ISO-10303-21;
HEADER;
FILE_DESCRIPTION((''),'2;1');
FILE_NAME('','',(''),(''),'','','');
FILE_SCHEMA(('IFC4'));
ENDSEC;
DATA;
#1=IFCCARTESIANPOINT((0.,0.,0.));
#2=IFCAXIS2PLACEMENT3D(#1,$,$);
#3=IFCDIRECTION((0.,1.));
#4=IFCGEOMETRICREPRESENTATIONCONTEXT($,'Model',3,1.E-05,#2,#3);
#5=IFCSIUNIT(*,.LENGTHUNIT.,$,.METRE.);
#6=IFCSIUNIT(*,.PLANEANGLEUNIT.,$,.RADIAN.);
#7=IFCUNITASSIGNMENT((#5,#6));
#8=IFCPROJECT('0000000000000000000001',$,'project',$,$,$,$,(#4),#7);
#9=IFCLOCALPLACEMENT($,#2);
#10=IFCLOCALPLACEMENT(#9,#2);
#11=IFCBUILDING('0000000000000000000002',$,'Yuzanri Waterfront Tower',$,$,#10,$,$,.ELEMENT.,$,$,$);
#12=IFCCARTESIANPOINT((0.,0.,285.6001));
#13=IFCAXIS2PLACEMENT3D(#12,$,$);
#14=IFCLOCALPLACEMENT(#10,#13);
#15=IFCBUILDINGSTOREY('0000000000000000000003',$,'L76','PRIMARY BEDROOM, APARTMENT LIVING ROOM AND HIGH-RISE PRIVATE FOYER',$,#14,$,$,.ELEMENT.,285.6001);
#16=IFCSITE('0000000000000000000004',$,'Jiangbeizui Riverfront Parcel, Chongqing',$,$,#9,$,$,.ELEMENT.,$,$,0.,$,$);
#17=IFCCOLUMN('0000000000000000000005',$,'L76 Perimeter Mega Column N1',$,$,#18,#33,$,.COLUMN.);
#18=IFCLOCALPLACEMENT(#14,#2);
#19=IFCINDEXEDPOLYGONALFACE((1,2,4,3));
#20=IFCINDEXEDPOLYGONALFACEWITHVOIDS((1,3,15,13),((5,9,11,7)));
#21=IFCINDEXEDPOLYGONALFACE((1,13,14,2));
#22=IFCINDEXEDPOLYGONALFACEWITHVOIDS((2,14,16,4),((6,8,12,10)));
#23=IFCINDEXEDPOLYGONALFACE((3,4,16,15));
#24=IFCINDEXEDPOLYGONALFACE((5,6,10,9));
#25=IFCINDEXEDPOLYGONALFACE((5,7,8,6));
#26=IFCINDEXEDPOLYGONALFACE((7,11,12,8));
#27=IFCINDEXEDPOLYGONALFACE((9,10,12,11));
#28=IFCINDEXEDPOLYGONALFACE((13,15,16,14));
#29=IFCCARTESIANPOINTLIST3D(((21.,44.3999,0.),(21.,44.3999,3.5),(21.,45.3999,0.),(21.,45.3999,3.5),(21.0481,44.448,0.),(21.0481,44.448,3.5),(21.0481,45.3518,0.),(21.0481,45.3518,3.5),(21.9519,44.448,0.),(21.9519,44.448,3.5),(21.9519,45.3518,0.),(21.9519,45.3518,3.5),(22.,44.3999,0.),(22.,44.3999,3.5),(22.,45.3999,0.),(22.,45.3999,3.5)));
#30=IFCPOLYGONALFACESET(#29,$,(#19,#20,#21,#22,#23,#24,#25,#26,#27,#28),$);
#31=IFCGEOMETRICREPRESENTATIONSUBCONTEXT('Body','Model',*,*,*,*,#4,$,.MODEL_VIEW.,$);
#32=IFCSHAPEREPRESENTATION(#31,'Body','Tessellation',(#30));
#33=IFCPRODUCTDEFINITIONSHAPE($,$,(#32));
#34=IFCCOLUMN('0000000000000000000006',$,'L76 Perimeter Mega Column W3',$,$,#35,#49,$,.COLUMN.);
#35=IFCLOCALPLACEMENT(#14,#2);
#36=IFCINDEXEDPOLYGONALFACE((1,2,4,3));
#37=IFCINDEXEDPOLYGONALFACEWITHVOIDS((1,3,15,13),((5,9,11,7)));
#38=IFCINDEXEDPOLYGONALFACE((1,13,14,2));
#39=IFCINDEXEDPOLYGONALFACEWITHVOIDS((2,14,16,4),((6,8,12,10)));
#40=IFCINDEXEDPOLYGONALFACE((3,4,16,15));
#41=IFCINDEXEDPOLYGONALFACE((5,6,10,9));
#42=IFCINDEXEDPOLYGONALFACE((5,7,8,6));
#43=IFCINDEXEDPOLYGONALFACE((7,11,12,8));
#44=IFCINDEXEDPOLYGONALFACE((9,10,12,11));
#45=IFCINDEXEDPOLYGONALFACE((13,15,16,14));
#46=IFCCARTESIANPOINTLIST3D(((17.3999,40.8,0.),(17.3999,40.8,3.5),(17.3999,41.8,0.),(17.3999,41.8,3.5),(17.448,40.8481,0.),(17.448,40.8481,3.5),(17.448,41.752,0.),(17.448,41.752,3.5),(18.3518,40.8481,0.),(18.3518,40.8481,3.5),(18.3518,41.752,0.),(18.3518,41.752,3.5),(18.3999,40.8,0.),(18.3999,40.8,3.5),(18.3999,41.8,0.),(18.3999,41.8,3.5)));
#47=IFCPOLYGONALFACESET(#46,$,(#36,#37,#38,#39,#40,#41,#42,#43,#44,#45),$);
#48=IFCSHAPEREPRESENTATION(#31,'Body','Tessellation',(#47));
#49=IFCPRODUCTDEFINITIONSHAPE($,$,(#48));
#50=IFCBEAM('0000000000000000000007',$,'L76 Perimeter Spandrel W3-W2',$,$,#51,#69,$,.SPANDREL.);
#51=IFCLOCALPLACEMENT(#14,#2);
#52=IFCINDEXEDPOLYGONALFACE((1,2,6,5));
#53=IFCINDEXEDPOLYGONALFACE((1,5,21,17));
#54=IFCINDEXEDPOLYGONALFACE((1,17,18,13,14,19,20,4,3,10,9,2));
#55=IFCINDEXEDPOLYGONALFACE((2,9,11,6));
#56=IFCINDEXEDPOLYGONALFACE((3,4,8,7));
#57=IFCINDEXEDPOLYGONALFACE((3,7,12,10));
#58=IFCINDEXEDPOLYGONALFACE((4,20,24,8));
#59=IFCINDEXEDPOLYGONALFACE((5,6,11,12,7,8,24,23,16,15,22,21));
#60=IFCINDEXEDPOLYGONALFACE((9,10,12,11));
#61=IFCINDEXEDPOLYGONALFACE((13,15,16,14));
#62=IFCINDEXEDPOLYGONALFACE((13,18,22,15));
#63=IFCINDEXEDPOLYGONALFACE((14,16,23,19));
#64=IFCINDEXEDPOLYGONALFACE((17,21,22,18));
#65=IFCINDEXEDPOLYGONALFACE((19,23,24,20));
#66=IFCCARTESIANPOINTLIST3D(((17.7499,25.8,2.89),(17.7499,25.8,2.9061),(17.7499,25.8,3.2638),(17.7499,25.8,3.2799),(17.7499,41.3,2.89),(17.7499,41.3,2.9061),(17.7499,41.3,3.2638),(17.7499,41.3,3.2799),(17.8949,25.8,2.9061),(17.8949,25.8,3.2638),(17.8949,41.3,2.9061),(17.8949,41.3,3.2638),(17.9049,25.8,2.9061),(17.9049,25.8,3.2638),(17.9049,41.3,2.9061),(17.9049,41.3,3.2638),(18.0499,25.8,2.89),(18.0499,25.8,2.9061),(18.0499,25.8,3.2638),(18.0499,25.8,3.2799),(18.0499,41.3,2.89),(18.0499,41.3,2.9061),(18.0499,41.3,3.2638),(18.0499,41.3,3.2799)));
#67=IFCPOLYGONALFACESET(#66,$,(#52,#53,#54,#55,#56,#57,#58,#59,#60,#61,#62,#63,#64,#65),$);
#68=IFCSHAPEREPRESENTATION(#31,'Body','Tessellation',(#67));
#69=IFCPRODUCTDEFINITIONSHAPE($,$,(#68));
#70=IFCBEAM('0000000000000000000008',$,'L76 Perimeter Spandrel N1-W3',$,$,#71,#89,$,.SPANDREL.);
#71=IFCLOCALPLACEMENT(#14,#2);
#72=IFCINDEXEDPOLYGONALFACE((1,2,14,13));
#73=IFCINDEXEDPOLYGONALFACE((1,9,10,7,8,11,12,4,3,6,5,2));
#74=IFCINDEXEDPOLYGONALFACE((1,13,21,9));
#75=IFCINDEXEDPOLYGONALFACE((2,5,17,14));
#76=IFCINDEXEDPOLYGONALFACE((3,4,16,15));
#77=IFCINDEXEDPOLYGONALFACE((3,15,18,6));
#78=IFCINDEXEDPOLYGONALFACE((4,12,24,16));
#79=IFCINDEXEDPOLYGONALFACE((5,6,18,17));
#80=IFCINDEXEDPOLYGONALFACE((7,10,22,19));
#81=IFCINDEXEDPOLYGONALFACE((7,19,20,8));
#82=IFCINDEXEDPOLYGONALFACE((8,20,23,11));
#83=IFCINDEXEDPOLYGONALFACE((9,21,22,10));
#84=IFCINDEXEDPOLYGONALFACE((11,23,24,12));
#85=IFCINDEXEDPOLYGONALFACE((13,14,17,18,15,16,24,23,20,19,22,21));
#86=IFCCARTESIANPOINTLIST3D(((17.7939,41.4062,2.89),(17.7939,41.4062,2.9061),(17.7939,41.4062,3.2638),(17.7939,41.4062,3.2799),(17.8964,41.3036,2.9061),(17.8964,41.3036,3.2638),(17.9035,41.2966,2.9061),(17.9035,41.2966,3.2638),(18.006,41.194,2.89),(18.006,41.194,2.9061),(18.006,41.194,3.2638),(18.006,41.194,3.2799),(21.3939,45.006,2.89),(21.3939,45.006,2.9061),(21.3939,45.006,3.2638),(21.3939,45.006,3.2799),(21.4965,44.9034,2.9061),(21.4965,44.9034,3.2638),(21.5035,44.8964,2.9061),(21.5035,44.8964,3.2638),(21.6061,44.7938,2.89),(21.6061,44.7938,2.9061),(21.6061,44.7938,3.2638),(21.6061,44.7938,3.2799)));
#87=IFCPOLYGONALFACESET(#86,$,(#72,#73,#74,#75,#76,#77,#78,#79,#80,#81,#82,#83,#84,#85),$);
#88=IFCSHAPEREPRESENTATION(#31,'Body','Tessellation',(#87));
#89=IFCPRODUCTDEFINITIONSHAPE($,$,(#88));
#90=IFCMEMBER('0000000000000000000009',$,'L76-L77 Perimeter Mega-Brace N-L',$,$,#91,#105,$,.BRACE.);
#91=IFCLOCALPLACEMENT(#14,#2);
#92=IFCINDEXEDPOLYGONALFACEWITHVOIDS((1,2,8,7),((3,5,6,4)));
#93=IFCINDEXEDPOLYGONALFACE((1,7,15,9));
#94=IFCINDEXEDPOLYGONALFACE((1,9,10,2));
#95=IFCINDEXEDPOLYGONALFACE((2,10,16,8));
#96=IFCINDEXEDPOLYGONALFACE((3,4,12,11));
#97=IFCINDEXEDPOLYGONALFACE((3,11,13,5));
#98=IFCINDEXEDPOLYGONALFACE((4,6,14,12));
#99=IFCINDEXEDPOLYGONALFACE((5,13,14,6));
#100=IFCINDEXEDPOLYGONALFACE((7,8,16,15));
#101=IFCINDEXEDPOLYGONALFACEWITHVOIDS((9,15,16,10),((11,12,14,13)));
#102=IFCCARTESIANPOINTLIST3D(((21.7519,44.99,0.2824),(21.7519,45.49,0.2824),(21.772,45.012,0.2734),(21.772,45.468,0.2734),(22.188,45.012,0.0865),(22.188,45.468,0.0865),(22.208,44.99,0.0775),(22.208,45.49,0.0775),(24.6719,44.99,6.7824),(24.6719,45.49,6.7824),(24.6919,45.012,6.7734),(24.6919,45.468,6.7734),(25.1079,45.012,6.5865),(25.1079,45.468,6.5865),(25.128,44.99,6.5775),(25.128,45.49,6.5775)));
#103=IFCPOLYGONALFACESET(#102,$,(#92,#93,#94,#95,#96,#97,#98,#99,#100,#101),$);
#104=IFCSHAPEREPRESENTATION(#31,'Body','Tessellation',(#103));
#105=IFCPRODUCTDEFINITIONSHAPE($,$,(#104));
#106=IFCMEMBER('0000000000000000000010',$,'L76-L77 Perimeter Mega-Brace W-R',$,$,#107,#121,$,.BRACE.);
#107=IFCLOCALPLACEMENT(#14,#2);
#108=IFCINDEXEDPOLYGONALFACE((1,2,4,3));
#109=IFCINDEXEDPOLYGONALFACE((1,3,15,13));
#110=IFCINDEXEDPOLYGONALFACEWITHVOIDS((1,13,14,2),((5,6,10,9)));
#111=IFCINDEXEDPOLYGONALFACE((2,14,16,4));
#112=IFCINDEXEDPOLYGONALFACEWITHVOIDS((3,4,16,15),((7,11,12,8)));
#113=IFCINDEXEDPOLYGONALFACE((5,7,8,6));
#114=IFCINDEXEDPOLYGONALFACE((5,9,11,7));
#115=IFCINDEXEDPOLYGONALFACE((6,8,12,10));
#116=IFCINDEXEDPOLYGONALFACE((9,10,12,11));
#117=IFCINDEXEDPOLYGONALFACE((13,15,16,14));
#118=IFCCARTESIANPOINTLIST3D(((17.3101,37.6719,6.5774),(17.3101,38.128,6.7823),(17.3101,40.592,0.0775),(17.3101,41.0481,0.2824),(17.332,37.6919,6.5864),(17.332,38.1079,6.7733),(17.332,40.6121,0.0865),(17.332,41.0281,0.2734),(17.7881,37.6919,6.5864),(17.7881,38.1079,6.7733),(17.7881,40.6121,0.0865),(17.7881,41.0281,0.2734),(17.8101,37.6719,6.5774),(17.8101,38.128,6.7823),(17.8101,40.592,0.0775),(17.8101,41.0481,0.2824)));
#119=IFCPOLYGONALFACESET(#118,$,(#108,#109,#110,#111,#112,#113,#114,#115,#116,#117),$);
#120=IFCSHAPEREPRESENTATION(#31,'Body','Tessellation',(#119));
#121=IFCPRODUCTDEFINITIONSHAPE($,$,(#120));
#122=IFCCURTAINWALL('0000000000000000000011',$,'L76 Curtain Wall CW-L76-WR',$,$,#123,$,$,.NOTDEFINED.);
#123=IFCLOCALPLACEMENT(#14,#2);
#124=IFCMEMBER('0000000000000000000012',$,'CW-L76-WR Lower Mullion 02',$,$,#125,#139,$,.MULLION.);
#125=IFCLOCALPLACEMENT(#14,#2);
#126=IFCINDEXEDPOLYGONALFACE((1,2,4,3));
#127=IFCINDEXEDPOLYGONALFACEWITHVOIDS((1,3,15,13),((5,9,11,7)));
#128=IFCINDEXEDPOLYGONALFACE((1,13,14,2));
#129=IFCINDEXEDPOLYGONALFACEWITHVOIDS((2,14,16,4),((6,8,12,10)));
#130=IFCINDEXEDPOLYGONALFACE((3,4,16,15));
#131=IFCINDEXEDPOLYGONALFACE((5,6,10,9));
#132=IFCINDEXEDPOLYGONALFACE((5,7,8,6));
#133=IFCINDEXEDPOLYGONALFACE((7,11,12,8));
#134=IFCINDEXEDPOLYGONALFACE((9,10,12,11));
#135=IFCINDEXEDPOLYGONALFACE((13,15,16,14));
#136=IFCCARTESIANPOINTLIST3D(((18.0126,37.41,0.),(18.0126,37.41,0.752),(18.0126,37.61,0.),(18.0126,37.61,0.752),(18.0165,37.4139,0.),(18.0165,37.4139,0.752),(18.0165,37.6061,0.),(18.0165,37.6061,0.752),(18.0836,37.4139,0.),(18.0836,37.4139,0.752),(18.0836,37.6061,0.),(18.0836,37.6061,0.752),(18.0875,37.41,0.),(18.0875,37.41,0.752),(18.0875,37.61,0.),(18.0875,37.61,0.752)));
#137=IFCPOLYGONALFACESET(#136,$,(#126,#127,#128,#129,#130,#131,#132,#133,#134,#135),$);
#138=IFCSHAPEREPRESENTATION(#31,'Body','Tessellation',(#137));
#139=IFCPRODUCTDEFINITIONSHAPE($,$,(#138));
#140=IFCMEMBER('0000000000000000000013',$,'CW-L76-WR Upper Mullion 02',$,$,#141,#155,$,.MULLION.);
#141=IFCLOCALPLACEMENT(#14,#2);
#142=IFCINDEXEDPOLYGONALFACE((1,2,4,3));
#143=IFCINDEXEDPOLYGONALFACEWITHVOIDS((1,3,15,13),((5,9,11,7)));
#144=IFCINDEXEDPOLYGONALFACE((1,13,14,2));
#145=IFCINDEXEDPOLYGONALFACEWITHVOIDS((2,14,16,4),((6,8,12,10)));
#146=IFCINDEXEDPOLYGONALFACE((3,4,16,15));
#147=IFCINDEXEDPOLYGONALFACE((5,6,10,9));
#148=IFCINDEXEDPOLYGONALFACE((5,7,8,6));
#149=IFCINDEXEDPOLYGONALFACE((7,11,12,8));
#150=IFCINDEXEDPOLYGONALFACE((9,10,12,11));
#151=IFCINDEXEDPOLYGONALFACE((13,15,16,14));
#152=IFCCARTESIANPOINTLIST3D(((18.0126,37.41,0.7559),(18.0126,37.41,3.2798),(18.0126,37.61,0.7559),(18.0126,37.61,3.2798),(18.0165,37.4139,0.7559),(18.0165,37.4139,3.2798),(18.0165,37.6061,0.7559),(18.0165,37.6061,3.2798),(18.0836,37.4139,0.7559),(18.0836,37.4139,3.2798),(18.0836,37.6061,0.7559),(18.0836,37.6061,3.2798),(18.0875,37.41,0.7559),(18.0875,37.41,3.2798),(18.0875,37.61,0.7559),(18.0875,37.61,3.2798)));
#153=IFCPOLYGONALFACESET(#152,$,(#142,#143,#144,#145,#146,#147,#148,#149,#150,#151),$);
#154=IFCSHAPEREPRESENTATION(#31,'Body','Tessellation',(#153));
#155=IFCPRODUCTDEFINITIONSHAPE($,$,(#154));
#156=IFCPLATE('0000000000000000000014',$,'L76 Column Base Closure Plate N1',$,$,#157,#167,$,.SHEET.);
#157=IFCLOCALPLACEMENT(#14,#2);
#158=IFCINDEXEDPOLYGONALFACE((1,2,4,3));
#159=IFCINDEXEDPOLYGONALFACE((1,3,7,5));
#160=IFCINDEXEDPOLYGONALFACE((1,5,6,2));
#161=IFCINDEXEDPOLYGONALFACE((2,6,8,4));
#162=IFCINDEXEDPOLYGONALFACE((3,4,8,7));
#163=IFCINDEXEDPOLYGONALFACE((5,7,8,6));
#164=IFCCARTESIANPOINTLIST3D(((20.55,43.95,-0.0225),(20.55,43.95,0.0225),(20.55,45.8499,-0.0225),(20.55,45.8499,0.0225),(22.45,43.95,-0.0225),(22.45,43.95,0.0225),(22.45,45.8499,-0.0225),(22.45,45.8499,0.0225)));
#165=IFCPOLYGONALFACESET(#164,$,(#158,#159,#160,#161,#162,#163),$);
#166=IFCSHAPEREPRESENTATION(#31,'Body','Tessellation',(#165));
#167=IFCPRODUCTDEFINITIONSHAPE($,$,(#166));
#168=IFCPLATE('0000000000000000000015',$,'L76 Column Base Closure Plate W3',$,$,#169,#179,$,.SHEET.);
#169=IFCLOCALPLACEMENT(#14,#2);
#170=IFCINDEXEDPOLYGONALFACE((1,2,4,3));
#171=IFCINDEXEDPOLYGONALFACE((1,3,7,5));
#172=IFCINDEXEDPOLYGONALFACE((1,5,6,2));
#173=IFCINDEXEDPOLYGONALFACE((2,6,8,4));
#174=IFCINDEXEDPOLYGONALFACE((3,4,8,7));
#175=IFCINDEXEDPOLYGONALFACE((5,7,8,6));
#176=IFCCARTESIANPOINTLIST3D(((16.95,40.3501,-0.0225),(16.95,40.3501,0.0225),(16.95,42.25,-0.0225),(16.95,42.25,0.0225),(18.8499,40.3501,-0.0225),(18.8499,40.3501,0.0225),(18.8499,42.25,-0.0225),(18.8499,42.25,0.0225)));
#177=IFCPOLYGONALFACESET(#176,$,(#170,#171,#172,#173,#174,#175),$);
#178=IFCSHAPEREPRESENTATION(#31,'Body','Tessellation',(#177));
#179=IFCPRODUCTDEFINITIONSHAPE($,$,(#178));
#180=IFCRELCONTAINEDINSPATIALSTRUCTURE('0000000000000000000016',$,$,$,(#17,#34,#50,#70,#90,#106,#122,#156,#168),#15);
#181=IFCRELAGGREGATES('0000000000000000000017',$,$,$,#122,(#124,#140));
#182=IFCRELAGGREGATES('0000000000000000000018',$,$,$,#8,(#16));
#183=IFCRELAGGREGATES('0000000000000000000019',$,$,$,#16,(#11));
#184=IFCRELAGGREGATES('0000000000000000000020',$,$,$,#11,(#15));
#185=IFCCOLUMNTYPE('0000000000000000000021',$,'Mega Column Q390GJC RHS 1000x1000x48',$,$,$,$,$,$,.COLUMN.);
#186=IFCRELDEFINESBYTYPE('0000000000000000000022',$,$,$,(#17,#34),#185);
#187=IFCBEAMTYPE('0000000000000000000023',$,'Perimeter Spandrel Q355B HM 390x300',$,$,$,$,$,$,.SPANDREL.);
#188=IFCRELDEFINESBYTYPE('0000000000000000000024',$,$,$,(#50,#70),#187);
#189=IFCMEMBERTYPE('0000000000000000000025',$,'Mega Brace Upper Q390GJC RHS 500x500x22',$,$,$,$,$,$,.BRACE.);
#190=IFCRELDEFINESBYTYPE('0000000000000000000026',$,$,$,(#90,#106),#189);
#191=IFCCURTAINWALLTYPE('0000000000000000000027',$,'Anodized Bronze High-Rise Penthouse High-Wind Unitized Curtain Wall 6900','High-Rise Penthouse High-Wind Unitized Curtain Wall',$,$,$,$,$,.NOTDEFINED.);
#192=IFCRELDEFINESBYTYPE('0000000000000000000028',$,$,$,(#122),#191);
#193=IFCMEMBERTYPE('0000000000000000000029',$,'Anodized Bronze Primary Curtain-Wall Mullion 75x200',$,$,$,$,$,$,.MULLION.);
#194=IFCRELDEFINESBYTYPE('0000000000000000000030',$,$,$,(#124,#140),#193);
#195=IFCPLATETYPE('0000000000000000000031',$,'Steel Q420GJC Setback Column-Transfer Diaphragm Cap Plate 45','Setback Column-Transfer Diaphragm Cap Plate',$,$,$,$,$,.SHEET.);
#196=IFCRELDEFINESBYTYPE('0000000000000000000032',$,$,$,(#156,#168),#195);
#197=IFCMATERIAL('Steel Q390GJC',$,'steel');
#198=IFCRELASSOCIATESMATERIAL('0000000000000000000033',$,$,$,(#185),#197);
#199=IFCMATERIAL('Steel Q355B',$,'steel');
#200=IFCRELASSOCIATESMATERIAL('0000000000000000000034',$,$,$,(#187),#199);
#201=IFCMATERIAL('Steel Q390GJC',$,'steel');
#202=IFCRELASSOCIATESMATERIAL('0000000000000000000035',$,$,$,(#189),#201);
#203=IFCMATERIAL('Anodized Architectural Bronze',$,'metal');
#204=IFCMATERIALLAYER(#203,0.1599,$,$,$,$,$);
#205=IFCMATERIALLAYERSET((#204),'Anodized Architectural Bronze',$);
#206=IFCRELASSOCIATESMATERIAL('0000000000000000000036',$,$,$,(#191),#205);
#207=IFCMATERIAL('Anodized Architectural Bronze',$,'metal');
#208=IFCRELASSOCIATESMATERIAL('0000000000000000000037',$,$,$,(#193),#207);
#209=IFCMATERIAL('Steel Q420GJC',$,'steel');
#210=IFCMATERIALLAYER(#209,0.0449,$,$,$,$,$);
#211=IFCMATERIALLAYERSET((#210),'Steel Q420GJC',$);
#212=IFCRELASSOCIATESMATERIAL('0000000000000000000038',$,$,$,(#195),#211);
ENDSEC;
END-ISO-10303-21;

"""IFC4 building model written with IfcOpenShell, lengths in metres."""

from ifc_helpers import new_model, si_unit, direction, frame, origin, origin_2d, place, context, subcontext, project, spatial, rectangle, hollow_rectangle, i_section, extrude, source, transform, mapped, material, layer, layer_set, material_profile, profile_set, type_object, element, aggregate, save


model = new_model("IFC4")

# Units and contexts
model_context = context("Model", 3, precision=1e-05, world=origin(), true_north=direction((0.0, 1.0)))
body_context = subcontext(model_context, "Body", "Model", "MODEL_VIEW")
ifc_project = project(units=[si_unit("LENGTHUNIT", "METRE"), si_unit("PLANEANGLEUNIT", "RADIAN")], contexts=[model_context])

# Site, building, storey
site_placement = place(None, origin())
site = spatial("IfcSite", under=ifc_project, at=site_placement, Name="Jiangbeizui Riverfront Parcel, Chongqing", CompositionType="ELEMENT", RefElevation=0.0)
building_placement = place(site_placement, origin())
building = spatial("IfcBuilding", under=site, at=building_placement, Name="Yuzanri Waterfront Tower", CompositionType="ELEMENT")
storey_placement = place(building_placement, frame((0.0, 0.0, 285.6001)))
storey = spatial("IfcBuildingStorey", under=building, at=storey_placement, Name="L76", Description="PRIMARY BEDROOM, APARTMENT LIVING ROOM AND HIGH-RISE PRIVATE FOYER", CompositionType="ELEMENT", Elevation=285.6001)

# Columns
ifc_material_1 = material(Name="Steel Q390GJC", Category="steel")
ifc_material_profile_1 = material_profile(ifc_material_1, hollow_rectangle(XDim=1.0, YDim=1.0, WallThickness=0.0481, at=origin_2d()), Name="RHS 1000x1000x48")
ifc_profile_set_1 = profile_set([ifc_material_profile_1], Name="Steel Q390GJC")
column_type = type_object("IfcColumnType", Name="Mega Column Q390GJC RHS 1000x1000x48", PredefinedType="COLUMN", material=ifc_profile_set_1)
shared_shape_1 = source(origin(), body_context, "Body", "SweptSolid", [
    extrude(hollow_rectangle(XDim=1.0, YDim=1.0, WallThickness=0.0481, at=origin_2d()), origin(), (0.0, 0.0, 1.0), 3.5),
])
for number, where, z_axis, x_axis, name in (
    (1, (21.5, 44.8999, 0.0), (0.0, 0.0, 1.0), (1.0, 0.0, 0.0), "L76 Perimeter Mega Column N1"),
    (2, (17.8999, 41.3, 0.0), (0.0, 0.0, 1.0), (1.0, 0.0, 0.0), "L76 Perimeter Mega Column W3"),
):
    element("IfcColumn", number, at=place(storey_placement, frame(where, z_axis=z_axis, x_axis=x_axis)), inside=storey, type_object=column_type, Name=name, PredefinedType="COLUMN", context=body_context, shape_type="MappedRepresentation", body=[
        mapped(shared_shape_1, transform((0.0, 0.0, 0.0), scale=1.0)),
    ])

# Beams
ifc_material_2 = material(Name="Steel Q355B", Category="steel")
ifc_material_profile_2 = material_profile(ifc_material_2, i_section(OverallWidth=0.3, OverallDepth=0.3899, WebThickness=0.01, FlangeThickness=0.0161, at=origin_2d()), Name="HM 390x300x10x16")
ifc_profile_set_2 = profile_set([ifc_material_profile_2], Name="Steel Q355B")
beam_type = type_object("IfcBeamType", Name="Perimeter Spandrel Q355B HM 390x300", PredefinedType="SPANDREL", material=ifc_profile_set_2)
shared_shape_2 = source(origin(), body_context, "Body", "SweptSolid", [
    extrude(i_section(OverallWidth=0.3, OverallDepth=0.3899, WebThickness=0.01, FlangeThickness=0.0161, at=origin_2d()), origin(), (0.0, 0.0, 1.0), 15.5),
])
beam_1_placement = place(storey_placement, frame((17.8999, 41.3, 3.085), z_axis=(0.0, -1.0, 0.0), x_axis=(1.0, 0.0, 0.0)))
element("IfcBeam", 3, at=beam_1_placement, inside=storey, type_object=beam_type, Name="L76 Perimeter Spandrel W3-W2", PredefinedType="SPANDREL", context=body_context, shape_type="MappedRepresentation", body=[
    mapped(shared_shape_2, transform((0.0, 0.0, 0.0), scale=1.0)),
])
shared_shape_3 = source(origin(), body_context, "Body", "SweptSolid", [
    extrude(i_section(OverallWidth=0.3, OverallDepth=0.3899, WebThickness=0.01, FlangeThickness=0.0161, at=origin_2d()), origin(), (0.0, 0.0, 1.0), 5.0911),
])
beam_2_placement = place(storey_placement, frame((21.5, 44.8999, 3.085), z_axis=(-0.707131, -0.707083, 0.0), x_axis=(0.707083, -0.707131, 0.0)))
element("IfcBeam", 4, at=beam_2_placement, inside=storey, type_object=beam_type, Name="L76 Perimeter Spandrel N1-W3", PredefinedType="SPANDREL", context=body_context, shape_type="MappedRepresentation", body=[
    mapped(shared_shape_3, transform((0.0, 0.0, 0.0), scale=1.0)),
])

# Members
ifc_material_3 = material(Name="Steel Q390GJC", Category="steel")
ifc_material_profile_3 = material_profile(ifc_material_3, hollow_rectangle(XDim=0.5, YDim=0.5, WallThickness=0.022, at=origin_2d()), Name="RHS 500x500x22")
ifc_profile_set_3 = profile_set([ifc_material_profile_3], Name="Steel Q390GJC")
member_type_1 = type_object("IfcMemberType", Name="Mega Brace Upper Q390GJC RHS 500x500x22", PredefinedType="BRACE", material=ifc_profile_set_3)
shared_shape_4 = source(origin(), body_context, "Body", "SweptSolid", [
    extrude(hollow_rectangle(XDim=0.5, YDim=0.5, WallThickness=0.022, at=origin_2d()), origin(), (0.0, 0.0, 1.0), 7.1257),
])
for number, where, z_axis, x_axis, name in (
    (5, (21.98, 45.24, 0.1799), (0.409772, 0.0, 0.912188), (0.0, 1.0, 0.0), "L76-L77 Perimeter Mega-Brace N-L"),
    (6, (17.5601, 40.8201, 0.1799), (0.0, -0.4098, 0.912175), (1.0, 0.0, 0.0), "L76-L77 Perimeter Mega-Brace W-R"),
):
    element("IfcMember", number, at=place(storey_placement, frame(where, z_axis=z_axis, x_axis=x_axis)), inside=storey, type_object=member_type_1, Name=name, PredefinedType="BRACE", context=body_context, shape_type="MappedRepresentation", body=[
        mapped(shared_shape_4, transform((0.0, 0.0, 0.0), scale=1.0)),
    ])

# Curtain wall, members
ifc_material_4 = material(Name="Anodized Architectural Bronze", Category="metal")
ifc_layer_1 = layer(ifc_material_4, 0.1599)
ifc_layer_set_1 = layer_set([ifc_layer_1], Name="Anodized Architectural Bronze")
curtain_wall_type = type_object("IfcCurtainWallType", Name="Anodized Bronze High-Rise Penthouse High-Wind Unitized Curtain Wall 6900", Description="High-Rise Penthouse High-Wind Unitized Curtain Wall", PredefinedType="NOTDEFINED", material=ifc_layer_set_1)
curtain_wall_placement = place(storey_placement, origin())
curtain_wall = element("IfcCurtainWall", 7, at=curtain_wall_placement, inside=storey, type_object=curtain_wall_type, Name="L76 Curtain Wall CW-L76-WR", PredefinedType="NOTDEFINED")
ifc_material_5 = material(Name="Anodized Architectural Bronze", Category="metal")
ifc_material_profile_4 = material_profile(ifc_material_5, hollow_rectangle(XDim=0.075, YDim=0.2, WallThickness=0.0039, at=origin_2d()), Name="CWM 75x200")
ifc_profile_set_4 = profile_set([ifc_material_profile_4], Name="Anodized Architectural Bronze")
member_type_2 = type_object("IfcMemberType", Name="Anodized Bronze Primary Curtain-Wall Mullion 75x200", PredefinedType="MULLION", material=ifc_profile_set_4)
shared_shape_5 = source(origin(), body_context, "Body", "SweptSolid", [
    extrude(hollow_rectangle(XDim=0.075, YDim=0.2, WallThickness=0.0039, at=origin_2d()), origin(), (0.0, 0.0, 1.0), 0.752),
])
member_1_placement = place(storey_placement, frame((18.05, 37.51, 0.0), z_axis=(0.0, 0.0, 1.0), x_axis=(1.0, 0.0, 0.0)))
member_1 = element("IfcMember", 8, at=member_1_placement, type_object=member_type_2, Name="CW-L76-WR Lower Mullion 02", PredefinedType="MULLION", context=body_context, shape_type="MappedRepresentation", body=[
    mapped(shared_shape_5, transform((0.0, 0.0, 0.0), scale=1.0)),
])
shared_shape_6 = source(origin(), body_context, "Body", "SweptSolid", [
    extrude(hollow_rectangle(XDim=0.075, YDim=0.2, WallThickness=0.0039, at=origin_2d()), origin(), (0.0, 0.0, 1.0), 2.5239),
])
member_2_placement = place(storey_placement, frame((18.05, 37.51, 0.7559), z_axis=(0.0, 0.0, 1.0), x_axis=(1.0, 0.0, 0.0)))
member_2 = element("IfcMember", 9, at=member_2_placement, type_object=member_type_2, Name="CW-L76-WR Upper Mullion 02", PredefinedType="MULLION", context=body_context, shape_type="MappedRepresentation", body=[
    mapped(shared_shape_6, transform((0.0, 0.0, 0.0), scale=1.0)),
])

# Plates
ifc_material_6 = material(Name="Steel Q420GJC", Category="steel")
ifc_layer_2 = layer(ifc_material_6, 0.0449)
ifc_layer_set_2 = layer_set([ifc_layer_2], Name="Steel Q420GJC")
plate_type_1 = type_object("IfcPlateType", Name="Steel Q420GJC Setback Column-Transfer Diaphragm Cap Plate 45", Description="Setback Column-Transfer Diaphragm Cap Plate", PredefinedType="SHEET", material=ifc_layer_set_2)
shared_shape_7 = source(origin(), body_context, "Body", "SweptSolid", [
    extrude(rectangle(XDim=1.8999, YDim=1.8999, at=origin_2d()), origin(), (0.0, 0.0, 1.0), 0.0449),
])
for number, where, z_axis, x_axis, name in (
    (10, (21.5, 44.8999, -0.0225), (0.0, 0.0, 1.0), (1.0, 0.0, 0.0), "L76 Column Base Closure Plate N1"),
    (11, (17.8999, 41.3, -0.0225), (0.0, 0.0, 1.0), (1.0, 0.0, 0.0), "L76 Column Base Closure Plate W3"),
):
    element("IfcPlate", number, at=place(storey_placement, frame(where, z_axis=z_axis, x_axis=x_axis)), inside=storey, type_object=plate_type_1, Name=name, PredefinedType="SHEET", context=body_context, shape_type="MappedRepresentation", body=[
        mapped(shared_shape_7, transform((0.0, 0.0, 0.0), scale=1.0)),
    ])

aggregate(curtain_wall, [member_1, member_2])

save(model, "model.ifc")
